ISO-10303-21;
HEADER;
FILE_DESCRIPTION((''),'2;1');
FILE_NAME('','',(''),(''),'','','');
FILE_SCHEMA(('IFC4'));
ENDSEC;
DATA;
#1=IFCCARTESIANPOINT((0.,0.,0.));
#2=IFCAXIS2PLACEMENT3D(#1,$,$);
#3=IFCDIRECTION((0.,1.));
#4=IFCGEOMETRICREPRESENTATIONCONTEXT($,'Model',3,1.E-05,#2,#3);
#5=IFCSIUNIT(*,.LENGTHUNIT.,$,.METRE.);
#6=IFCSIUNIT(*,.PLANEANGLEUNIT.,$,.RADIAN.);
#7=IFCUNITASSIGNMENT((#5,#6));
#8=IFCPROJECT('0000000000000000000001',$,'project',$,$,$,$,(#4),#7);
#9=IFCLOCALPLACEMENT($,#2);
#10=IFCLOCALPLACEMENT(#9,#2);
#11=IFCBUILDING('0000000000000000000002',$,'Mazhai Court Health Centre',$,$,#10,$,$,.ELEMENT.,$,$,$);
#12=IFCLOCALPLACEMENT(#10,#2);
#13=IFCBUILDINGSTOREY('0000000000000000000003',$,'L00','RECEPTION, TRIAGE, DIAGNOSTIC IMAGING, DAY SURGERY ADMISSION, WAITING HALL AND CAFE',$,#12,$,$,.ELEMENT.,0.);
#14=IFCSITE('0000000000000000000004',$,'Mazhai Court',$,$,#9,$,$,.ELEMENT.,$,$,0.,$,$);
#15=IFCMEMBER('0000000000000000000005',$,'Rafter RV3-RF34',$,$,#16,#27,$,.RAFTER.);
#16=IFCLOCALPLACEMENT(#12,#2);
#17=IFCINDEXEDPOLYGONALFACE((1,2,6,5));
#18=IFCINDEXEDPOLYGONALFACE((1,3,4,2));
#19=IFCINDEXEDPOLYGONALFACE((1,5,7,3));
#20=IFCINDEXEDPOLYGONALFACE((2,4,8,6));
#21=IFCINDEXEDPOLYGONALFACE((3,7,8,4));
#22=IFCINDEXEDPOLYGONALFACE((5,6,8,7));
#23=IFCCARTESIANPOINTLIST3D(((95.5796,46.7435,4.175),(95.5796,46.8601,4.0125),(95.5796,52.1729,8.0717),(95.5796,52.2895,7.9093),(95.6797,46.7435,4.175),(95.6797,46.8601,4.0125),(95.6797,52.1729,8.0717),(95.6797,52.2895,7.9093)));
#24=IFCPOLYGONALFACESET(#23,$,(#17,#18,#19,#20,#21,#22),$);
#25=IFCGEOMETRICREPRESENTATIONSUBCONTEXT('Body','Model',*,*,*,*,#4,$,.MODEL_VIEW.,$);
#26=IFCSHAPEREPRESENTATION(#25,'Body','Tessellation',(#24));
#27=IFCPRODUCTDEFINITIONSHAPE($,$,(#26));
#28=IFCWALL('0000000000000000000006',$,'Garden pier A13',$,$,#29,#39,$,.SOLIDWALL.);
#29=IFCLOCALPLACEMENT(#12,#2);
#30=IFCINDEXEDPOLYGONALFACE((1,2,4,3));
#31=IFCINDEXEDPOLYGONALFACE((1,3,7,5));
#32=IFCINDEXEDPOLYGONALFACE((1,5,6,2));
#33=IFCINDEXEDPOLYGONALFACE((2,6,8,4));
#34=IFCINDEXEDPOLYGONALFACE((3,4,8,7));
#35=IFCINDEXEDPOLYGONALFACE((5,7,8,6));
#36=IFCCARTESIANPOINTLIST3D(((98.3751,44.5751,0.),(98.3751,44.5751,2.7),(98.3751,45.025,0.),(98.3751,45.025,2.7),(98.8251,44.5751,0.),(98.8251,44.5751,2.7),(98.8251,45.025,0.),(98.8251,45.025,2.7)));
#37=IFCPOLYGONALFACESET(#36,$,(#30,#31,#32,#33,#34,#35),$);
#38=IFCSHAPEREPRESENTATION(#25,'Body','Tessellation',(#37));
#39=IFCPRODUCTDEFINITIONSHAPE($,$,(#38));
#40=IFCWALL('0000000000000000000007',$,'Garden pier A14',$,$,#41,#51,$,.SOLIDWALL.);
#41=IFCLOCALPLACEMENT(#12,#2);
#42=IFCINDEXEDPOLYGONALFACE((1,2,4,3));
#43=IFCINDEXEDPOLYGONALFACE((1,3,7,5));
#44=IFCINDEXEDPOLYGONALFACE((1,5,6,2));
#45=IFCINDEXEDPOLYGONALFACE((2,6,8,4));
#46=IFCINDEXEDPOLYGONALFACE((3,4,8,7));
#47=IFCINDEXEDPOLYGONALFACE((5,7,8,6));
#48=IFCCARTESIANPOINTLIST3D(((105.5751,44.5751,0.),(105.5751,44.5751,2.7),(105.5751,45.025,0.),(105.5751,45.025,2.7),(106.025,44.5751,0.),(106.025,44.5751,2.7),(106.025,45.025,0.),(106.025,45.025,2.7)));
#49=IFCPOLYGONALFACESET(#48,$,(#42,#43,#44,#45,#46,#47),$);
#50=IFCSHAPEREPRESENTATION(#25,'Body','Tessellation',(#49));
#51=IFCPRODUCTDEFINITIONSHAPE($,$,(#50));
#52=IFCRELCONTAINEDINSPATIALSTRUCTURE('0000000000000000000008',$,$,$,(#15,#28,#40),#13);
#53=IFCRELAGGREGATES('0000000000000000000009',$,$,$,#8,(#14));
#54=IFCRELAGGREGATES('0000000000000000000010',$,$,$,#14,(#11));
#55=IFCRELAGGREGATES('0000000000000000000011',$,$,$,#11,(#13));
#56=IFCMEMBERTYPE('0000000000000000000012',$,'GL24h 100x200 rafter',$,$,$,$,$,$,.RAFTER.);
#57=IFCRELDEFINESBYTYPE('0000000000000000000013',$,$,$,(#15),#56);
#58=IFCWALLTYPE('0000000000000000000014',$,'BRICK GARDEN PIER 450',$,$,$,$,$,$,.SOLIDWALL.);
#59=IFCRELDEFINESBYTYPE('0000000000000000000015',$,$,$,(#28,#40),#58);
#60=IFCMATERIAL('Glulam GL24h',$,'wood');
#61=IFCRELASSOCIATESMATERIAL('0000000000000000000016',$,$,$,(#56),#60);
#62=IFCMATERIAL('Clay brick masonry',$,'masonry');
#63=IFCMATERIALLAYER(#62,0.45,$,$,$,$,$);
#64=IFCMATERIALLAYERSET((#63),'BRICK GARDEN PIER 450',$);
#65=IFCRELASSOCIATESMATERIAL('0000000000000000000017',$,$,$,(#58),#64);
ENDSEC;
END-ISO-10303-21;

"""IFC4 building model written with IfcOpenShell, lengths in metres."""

from ifc_helpers import new_model, si_unit, direction, frame, frame_2d, origin, origin_2d, place, context, subcontext, project, spatial, rectangle, extrude, material, layer, layer_set, material_profile, profile_set, type_object, element, save


model = new_model("IFC4")

# Units and contexts
model_context = context("Model", 3, precision=1e-05, world=origin(), true_north=direction((0.0, 1.0)))
body_context = subcontext(model_context, "Body", "Model", "MODEL_VIEW")
ifc_project = project(units=[si_unit("LENGTHUNIT", "METRE"), si_unit("PLANEANGLEUNIT", "RADIAN")], contexts=[model_context])

# Site, building, storey
site_placement = place(None, origin())
site = spatial("IfcSite", under=ifc_project, at=site_placement, Name="Mazhai Court", CompositionType="ELEMENT", RefElevation=0.0)
building_placement = place(site_placement, origin())
building = spatial("IfcBuilding", under=site, at=building_placement, Name="Mazhai Court Health Centre", CompositionType="ELEMENT")
storey_placement = place(building_placement, origin())
storey = spatial("IfcBuildingStorey", under=building, at=storey_placement, Name="L00", Description="RECEPTION, TRIAGE, DIAGNOSTIC IMAGING, DAY SURGERY ADMISSION, WAITING HALL AND CAFE", CompositionType="ELEMENT", Elevation=0.0)

# Member
ifc_material_1 = material(Name="Glulam GL24h", Category="wood")
ifc_material_profile = material_profile(ifc_material_1, rectangle(XDim=0.1001, YDim=0.2, at=origin_2d()), Name="GL24h 100x200")
ifc_profile_set = profile_set([ifc_material_profile], Name="Glulam GL24h")
member_type = type_object("IfcMemberType", Name="GL24h 100x200 rafter", PredefinedType="RAFTER", material=ifc_profile_set)
member_1_placement = place(storey_placement, frame((95.6296, 46.8018, 4.0938), z_axis=(0.0, 0.812418, 0.583075), x_axis=(-1.0, 0.0, 0.0)))
element("IfcMember", 1, at=member_1_placement, inside=storey, type_object=member_type, Name="Rafter RV3-RF34", PredefinedType="RAFTER", context=body_context, shape_type="SweptSolid", body=[
    extrude(rectangle(XDim=0.1001, YDim=0.2, at=origin_2d()), origin(), (0.0, 0.0, 1.0), 6.6831),
])

# Walls
ifc_material_2 = material(Name="Clay brick masonry", Category="masonry")
ifc_layer = layer(ifc_material_2, 0.45)
ifc_layer_set = layer_set([ifc_layer], Name="BRICK GARDEN PIER 450")
wall_type = type_object("IfcWallType", Name="BRICK GARDEN PIER 450", PredefinedType="SOLIDWALL", material=ifc_layer_set)
for number, where, z_axis, x_axis, name in (
    (2, (98.375, 44.8, 0.0), (0.0, 0.0, 1.0), (1.0, 0.0, 0.0), "Garden pier A13"),
    (3, (105.575, 44.8, 0.0), (0.0, 0.0, 1.0), (1.0, 0.0, 0.0), "Garden pier A14"),
):
    element("IfcWall", number, at=place(storey_placement, frame(where, z_axis=z_axis, x_axis=x_axis)), inside=storey, type_object=wall_type, Name=name, PredefinedType="SOLIDWALL", context=body_context, shape_type="SweptSolid", body=[
        extrude(rectangle(XDim=0.45, YDim=0.45, at=frame_2d((0.2251, 0.0))), origin(), (0.0, 0.0, 1.0), 2.7),
    ])

save(model, "model.ifc")
